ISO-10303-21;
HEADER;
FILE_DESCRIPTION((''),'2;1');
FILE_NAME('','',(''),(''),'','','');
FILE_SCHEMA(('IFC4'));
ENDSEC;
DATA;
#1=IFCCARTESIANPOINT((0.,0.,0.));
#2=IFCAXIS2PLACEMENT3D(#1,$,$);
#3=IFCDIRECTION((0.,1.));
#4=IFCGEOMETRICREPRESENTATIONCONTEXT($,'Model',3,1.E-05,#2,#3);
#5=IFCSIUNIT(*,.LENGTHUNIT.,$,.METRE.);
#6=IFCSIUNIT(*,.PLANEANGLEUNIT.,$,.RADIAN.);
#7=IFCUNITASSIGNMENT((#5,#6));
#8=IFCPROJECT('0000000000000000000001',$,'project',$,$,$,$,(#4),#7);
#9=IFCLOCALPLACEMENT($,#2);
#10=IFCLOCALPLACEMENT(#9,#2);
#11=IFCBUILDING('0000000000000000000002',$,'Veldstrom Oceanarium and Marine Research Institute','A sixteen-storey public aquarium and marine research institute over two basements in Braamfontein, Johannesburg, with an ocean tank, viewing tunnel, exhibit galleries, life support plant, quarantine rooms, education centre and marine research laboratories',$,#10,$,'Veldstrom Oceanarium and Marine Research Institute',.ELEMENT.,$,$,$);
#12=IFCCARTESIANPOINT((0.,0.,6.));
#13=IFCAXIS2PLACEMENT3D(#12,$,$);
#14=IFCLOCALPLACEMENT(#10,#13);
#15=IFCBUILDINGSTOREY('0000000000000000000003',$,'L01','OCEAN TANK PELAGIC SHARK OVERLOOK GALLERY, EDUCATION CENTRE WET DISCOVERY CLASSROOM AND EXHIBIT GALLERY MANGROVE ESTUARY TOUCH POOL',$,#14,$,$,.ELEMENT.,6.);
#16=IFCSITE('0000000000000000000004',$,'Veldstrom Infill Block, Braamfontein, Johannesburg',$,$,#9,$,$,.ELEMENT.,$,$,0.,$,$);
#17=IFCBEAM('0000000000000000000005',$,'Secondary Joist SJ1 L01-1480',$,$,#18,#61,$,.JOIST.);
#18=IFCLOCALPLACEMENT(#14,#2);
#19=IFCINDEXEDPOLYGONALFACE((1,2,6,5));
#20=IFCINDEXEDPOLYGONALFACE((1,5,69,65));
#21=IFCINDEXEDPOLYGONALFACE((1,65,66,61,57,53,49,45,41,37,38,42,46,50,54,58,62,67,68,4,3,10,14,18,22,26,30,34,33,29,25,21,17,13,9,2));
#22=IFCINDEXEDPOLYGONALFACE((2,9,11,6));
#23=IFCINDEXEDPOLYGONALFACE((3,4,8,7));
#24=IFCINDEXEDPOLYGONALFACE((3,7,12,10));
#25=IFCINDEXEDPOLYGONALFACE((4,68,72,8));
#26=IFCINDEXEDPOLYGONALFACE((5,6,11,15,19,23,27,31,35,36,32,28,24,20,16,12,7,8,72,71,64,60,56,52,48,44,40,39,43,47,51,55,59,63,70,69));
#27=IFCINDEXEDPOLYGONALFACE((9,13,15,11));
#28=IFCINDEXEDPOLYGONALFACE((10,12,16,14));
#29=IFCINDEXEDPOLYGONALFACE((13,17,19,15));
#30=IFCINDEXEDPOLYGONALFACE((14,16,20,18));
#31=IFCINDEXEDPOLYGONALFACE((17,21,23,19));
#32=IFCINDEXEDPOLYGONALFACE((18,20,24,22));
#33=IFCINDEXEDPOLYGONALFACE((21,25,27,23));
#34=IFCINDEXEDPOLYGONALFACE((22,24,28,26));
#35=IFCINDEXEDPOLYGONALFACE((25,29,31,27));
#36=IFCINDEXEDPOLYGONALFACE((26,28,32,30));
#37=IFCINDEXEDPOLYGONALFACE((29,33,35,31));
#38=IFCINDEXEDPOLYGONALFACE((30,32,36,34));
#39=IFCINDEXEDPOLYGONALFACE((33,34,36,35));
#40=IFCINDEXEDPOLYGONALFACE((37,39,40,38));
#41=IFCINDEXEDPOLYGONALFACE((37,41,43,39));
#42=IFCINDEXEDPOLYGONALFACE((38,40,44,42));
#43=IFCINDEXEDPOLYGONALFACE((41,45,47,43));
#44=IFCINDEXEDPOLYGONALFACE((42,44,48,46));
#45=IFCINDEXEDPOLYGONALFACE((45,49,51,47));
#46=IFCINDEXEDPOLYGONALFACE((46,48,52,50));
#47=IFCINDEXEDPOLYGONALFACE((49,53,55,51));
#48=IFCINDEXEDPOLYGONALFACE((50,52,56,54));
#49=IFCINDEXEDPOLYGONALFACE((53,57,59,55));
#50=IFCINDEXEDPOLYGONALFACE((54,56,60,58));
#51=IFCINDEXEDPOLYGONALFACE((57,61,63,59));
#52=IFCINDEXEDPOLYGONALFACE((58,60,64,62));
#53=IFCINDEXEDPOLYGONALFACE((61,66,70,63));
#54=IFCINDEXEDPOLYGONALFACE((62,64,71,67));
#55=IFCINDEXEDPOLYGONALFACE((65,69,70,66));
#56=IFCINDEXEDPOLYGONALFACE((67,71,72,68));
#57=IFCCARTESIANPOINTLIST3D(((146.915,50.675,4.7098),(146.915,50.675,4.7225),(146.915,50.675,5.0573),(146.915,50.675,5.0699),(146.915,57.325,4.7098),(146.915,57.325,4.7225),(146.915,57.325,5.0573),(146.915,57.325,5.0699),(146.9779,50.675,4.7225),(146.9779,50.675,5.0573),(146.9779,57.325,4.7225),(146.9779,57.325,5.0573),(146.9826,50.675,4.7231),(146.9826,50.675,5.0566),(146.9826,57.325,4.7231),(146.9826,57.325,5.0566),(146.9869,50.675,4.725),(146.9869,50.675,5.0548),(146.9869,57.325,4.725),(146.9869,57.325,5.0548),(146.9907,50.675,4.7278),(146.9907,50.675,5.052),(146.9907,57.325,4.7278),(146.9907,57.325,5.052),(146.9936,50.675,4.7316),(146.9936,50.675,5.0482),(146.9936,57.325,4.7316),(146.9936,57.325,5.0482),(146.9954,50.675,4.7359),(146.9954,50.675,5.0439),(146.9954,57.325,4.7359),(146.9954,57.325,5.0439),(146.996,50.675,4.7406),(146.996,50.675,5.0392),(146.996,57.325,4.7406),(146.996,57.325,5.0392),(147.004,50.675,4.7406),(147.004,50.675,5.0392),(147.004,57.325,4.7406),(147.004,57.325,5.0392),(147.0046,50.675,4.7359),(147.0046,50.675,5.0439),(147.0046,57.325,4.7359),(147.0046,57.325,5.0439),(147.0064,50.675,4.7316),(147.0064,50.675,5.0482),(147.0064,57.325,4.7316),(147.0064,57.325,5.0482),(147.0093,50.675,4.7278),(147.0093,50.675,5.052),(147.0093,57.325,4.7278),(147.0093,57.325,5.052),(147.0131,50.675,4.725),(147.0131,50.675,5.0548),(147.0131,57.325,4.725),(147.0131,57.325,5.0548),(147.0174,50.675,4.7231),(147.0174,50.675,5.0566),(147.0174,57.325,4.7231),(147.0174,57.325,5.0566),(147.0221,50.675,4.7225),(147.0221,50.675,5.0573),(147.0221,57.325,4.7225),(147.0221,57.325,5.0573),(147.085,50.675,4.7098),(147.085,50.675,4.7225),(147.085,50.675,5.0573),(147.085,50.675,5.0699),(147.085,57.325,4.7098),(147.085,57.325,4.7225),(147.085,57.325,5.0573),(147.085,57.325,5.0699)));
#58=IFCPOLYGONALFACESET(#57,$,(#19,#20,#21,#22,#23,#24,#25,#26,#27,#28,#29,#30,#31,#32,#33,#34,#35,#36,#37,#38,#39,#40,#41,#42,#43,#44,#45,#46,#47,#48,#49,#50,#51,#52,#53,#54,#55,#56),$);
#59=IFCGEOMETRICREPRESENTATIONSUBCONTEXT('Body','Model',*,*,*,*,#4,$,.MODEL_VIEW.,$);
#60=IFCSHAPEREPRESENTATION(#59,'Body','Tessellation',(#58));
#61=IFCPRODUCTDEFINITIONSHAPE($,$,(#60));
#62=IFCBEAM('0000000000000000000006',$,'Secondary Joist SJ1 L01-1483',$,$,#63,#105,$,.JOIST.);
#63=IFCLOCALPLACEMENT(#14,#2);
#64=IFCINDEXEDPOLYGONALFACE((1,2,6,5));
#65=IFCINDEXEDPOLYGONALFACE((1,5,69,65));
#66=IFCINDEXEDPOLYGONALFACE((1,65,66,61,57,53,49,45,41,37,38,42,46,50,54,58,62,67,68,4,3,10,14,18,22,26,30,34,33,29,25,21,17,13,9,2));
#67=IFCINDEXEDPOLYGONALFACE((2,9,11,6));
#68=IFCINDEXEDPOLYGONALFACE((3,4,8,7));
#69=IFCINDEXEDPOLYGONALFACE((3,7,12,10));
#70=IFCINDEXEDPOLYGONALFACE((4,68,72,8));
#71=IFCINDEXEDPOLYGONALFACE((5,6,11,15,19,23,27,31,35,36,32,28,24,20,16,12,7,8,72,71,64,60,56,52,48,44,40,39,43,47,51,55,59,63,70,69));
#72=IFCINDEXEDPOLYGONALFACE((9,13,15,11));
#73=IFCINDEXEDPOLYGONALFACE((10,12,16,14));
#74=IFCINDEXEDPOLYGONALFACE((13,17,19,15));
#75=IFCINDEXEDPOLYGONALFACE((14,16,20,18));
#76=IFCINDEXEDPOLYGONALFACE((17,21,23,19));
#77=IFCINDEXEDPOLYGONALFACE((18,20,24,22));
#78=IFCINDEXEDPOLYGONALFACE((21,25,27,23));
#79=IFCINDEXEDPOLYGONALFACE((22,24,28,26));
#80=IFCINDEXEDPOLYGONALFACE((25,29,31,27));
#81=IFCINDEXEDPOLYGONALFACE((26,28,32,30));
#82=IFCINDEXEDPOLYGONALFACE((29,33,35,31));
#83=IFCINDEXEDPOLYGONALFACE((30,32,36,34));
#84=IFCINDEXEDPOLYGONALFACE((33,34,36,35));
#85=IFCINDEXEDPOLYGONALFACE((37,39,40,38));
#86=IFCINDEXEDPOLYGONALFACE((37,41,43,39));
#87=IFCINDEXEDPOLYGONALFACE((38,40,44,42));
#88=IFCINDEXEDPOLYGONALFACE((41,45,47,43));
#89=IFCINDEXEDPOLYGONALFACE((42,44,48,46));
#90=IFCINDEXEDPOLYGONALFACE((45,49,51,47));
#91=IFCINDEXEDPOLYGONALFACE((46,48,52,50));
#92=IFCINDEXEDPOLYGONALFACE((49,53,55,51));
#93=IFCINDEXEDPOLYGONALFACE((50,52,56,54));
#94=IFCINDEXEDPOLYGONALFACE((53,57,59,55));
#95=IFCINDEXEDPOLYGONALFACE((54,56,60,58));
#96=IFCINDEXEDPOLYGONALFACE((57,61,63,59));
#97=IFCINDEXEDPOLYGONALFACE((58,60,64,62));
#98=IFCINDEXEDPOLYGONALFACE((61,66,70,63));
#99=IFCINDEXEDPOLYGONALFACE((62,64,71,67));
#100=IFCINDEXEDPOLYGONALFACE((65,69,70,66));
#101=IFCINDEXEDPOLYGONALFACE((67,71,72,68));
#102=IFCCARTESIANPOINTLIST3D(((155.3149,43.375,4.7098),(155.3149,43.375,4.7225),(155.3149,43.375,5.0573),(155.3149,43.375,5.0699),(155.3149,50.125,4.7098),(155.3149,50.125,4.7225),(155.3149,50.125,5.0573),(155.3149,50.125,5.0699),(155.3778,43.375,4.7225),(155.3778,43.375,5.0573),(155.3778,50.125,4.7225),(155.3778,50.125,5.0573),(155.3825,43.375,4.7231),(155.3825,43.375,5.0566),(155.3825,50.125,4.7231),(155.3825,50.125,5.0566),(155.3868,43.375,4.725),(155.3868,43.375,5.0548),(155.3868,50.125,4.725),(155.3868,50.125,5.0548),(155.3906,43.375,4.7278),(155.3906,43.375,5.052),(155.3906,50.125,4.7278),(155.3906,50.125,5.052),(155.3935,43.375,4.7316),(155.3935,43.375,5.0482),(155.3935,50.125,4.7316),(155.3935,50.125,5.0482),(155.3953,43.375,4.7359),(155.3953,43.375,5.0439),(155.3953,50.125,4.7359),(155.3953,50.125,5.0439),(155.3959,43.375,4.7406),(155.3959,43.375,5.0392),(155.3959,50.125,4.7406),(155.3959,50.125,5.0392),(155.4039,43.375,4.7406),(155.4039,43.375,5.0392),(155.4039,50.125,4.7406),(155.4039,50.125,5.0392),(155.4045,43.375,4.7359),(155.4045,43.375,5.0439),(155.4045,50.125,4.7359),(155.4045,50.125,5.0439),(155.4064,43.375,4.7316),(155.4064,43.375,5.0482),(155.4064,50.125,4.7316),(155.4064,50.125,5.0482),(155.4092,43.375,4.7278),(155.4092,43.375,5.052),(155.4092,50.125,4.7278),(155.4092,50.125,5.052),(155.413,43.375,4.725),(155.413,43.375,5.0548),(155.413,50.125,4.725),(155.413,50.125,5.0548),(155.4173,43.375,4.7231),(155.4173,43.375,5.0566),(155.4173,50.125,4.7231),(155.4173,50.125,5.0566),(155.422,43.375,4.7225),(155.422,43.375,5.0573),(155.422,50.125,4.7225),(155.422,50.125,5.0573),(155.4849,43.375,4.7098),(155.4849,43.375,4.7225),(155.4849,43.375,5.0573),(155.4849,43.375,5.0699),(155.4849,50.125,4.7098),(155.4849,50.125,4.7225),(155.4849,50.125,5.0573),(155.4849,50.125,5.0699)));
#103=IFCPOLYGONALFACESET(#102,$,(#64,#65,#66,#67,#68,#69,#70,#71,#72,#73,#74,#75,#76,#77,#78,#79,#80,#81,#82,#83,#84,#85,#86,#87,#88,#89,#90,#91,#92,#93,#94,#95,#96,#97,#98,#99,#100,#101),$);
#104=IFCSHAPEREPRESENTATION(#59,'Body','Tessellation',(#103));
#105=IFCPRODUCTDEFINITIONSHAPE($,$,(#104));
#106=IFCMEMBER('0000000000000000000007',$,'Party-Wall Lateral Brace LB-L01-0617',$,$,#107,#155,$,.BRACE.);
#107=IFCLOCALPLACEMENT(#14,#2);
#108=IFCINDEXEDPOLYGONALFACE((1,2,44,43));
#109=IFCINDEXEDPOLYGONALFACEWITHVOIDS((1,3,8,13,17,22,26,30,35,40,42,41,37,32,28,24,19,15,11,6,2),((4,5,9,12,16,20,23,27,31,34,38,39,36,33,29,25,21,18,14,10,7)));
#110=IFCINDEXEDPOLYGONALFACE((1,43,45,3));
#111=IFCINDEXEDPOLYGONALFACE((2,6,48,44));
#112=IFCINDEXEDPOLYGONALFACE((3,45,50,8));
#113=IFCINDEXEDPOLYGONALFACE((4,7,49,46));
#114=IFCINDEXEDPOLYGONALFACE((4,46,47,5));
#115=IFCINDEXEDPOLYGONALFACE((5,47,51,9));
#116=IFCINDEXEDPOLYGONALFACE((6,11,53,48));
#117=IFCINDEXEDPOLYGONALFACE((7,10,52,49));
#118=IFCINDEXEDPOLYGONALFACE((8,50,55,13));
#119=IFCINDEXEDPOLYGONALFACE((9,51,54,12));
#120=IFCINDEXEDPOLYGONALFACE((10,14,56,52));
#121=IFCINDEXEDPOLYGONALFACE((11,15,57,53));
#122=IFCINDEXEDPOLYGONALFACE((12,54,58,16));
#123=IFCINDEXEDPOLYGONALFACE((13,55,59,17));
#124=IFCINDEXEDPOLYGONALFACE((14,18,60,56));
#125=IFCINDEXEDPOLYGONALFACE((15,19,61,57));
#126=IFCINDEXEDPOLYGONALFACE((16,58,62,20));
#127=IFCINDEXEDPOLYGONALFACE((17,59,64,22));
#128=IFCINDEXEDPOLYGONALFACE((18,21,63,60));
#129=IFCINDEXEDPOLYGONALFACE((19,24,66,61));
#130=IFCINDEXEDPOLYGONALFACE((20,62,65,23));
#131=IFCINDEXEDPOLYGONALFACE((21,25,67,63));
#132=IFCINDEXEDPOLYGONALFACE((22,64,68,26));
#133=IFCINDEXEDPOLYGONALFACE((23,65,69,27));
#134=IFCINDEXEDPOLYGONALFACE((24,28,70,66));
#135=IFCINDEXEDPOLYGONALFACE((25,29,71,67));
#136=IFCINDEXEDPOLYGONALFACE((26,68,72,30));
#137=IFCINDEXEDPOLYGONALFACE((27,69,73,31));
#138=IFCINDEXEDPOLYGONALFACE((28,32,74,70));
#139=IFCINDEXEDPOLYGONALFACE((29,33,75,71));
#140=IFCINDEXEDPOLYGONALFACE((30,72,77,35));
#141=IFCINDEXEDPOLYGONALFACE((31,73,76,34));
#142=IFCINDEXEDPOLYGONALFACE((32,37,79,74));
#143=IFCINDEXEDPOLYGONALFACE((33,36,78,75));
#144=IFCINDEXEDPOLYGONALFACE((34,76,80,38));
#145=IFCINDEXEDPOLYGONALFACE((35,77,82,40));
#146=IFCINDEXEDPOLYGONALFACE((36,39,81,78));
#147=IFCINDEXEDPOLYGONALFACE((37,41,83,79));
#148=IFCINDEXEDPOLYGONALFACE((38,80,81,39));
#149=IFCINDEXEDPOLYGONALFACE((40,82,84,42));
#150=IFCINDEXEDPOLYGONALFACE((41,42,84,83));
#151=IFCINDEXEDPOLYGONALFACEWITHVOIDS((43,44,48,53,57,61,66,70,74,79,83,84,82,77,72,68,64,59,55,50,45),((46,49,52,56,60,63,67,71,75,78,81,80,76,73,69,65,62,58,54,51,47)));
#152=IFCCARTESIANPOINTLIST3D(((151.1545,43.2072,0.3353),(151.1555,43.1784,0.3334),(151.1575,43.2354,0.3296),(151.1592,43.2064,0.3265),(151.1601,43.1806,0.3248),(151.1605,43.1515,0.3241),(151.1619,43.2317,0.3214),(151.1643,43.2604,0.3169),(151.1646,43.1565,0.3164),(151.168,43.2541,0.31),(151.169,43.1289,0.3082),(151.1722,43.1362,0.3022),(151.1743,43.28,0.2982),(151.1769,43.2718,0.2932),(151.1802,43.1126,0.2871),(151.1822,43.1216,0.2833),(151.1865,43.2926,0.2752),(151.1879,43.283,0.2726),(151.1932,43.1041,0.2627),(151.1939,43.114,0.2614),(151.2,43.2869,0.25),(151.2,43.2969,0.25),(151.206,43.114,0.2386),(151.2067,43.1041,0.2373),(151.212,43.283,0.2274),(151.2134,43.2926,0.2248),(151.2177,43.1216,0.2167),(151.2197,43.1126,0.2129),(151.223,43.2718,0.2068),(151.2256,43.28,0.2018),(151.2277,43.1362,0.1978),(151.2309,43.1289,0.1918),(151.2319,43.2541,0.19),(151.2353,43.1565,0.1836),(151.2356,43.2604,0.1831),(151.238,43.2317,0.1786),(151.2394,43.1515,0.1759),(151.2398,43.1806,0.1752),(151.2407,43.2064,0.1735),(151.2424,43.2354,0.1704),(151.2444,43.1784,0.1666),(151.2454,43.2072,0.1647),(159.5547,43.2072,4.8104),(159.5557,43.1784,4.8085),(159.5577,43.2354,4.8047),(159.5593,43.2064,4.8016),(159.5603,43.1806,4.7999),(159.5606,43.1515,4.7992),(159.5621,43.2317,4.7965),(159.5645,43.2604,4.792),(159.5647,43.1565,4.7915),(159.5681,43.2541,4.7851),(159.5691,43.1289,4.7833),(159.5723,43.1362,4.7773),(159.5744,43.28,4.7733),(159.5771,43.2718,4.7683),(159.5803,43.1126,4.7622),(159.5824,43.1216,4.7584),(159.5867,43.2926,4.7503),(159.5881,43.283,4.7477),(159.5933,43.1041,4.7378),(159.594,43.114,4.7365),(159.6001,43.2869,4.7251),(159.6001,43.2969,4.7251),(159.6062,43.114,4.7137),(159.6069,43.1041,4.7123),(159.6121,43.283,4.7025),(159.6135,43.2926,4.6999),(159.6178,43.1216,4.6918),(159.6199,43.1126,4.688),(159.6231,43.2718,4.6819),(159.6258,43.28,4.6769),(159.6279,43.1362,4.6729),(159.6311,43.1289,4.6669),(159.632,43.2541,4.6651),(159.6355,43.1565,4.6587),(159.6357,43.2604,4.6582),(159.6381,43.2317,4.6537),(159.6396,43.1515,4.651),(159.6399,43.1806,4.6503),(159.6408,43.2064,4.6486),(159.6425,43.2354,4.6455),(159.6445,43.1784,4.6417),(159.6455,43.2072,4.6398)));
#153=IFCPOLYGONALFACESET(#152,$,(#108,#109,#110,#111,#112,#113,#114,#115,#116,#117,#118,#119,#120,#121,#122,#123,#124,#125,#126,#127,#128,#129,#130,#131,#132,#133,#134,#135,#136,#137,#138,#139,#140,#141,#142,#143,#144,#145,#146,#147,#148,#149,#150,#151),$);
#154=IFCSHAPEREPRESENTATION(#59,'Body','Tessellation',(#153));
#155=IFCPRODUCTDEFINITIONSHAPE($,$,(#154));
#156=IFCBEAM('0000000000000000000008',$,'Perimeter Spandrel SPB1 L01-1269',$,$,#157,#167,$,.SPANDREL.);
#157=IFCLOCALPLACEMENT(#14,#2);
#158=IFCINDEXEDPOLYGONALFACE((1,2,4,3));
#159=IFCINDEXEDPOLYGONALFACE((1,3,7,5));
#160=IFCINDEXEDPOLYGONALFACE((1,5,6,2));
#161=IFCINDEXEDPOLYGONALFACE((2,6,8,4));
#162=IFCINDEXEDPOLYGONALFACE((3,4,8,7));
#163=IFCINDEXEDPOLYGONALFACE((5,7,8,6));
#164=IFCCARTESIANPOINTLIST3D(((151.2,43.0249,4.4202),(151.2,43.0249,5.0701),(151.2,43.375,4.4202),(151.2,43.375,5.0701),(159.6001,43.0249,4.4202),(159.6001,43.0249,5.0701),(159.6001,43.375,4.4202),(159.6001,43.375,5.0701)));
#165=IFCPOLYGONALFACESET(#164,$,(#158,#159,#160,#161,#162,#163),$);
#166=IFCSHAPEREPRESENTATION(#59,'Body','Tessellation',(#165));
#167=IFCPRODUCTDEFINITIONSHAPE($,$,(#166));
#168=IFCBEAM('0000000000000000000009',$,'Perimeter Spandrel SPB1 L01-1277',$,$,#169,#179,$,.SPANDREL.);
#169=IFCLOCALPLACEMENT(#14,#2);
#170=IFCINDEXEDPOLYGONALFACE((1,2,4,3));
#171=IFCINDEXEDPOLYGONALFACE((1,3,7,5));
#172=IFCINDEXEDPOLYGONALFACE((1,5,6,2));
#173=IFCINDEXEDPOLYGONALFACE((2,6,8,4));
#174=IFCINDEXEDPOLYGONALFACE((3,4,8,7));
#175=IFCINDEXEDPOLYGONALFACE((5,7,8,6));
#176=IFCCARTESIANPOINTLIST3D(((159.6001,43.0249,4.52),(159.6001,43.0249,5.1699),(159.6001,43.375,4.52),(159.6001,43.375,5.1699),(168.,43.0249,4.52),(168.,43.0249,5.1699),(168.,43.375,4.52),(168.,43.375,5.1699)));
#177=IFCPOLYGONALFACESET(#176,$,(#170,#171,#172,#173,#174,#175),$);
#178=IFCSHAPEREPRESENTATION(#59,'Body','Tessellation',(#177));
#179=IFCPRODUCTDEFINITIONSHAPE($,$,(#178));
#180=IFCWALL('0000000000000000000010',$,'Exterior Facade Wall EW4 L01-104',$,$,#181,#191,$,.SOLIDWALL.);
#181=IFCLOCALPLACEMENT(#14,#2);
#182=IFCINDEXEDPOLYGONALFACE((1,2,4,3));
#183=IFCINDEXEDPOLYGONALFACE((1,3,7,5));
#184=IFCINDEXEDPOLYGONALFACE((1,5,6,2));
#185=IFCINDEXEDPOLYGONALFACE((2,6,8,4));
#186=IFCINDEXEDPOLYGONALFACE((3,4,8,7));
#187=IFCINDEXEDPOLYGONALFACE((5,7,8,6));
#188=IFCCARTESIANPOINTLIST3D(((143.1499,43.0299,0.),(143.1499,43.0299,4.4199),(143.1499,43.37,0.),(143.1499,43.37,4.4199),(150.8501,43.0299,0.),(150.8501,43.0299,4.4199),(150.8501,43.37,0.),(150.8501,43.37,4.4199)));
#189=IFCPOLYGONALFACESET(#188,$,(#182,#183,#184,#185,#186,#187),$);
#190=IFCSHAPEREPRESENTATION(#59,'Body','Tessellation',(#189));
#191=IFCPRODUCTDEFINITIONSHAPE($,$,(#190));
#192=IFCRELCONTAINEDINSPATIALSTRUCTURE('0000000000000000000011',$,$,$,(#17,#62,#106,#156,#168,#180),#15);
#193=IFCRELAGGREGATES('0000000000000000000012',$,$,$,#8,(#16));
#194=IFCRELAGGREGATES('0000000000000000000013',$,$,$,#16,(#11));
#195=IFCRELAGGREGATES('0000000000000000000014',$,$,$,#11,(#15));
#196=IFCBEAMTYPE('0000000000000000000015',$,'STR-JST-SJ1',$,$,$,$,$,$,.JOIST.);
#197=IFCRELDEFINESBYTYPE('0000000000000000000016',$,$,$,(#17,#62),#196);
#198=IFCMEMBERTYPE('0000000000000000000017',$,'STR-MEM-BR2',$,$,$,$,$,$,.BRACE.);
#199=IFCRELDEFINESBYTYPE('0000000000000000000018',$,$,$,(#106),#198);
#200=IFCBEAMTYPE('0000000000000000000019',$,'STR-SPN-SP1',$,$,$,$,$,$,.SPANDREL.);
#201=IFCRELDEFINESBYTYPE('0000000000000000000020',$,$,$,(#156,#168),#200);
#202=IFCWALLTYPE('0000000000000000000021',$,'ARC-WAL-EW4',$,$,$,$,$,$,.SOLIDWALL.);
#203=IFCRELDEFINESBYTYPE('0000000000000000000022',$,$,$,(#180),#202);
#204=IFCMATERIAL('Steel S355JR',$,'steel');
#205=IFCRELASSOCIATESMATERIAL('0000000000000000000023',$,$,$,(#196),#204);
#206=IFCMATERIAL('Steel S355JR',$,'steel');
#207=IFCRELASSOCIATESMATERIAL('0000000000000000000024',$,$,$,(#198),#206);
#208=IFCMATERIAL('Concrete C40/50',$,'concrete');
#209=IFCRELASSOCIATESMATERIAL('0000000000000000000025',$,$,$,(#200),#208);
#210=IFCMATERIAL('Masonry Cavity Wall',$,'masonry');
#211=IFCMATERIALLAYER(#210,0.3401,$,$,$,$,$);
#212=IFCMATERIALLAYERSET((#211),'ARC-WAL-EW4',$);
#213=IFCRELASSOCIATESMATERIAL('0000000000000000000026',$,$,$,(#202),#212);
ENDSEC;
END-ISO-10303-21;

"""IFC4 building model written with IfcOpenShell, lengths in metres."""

from ifc_helpers import new_model, si_unit, direction, frame, frame_2d, origin, origin_2d, place, context, subcontext, project, spatial, rectangle, hollow_circle, i_section, extrude, material, layer, layer_set, material_profile, profile_set, type_object, element, save


model = new_model("IFC4")

# Units and contexts
model_context = context("Model", 3, precision=1e-05, world=origin(), true_north=direction((0.0, 1.0)))
body_context = subcontext(model_context, "Body", "Model", "MODEL_VIEW")
ifc_project = project(units=[si_unit("LENGTHUNIT", "METRE"), si_unit("PLANEANGLEUNIT", "RADIAN")], contexts=[model_context])

# Site, building, storey
site_placement = place(None, origin())
site = spatial("IfcSite", under=ifc_project, at=site_placement, Name="Veldstrom Infill Block, Braamfontein, Johannesburg", CompositionType="ELEMENT", RefElevation=0.0)
building_placement = place(site_placement, origin())
building = spatial("IfcBuilding", under=site, at=building_placement, Name="Veldstrom Oceanarium and Marine Research Institute", Description="A sixteen-storey public aquarium and marine research institute over two basements in Braamfontein, Johannesburg, with an ocean tank, viewing tunnel, exhibit galleries, life support plant, quarantine rooms, education centre and marine research laboratories", LongName="Veldstrom Oceanarium and Marine Research Institute", CompositionType="ELEMENT")
storey_placement = place(building_placement, frame((0.0, 0.0, 6.0)))
storey = spatial("IfcBuildingStorey", under=building, at=storey_placement, Name="L01", Description="OCEAN TANK PELAGIC SHARK OVERLOOK GALLERY, EDUCATION CENTRE WET DISCOVERY CLASSROOM AND EXHIBIT GALLERY MANGROVE ESTUARY TOUCH POOL", CompositionType="ELEMENT", Elevation=6.0)

# Beams
ifc_material_1 = material(Name="Steel S355JR", Category="steel")
ifc_material_profile_1 = material_profile(ifc_material_1, i_section(OverallWidth=0.1699, OverallDepth=0.3601, WebThickness=0.0081, FlangeThickness=0.0127, FilletRadius=0.0181, at=origin_2d()), Name="IPE 360")
ifc_profile_set_1 = profile_set([ifc_material_profile_1], Name="Steel S355JR")
beam_type_1 = type_object("IfcBeamType", Name="STR-JST-SJ1", PredefinedType="JOIST", material=ifc_profile_set_1)
beam_1_placement = place(storey_placement, frame((147.0, 50.675, 4.8899), z_axis=(0.0, 1.0, 0.0), x_axis=(-1.0, 0.0, 0.0)))
element("IfcBeam", 1, at=beam_1_placement, inside=storey, type_object=beam_type_1, Name="Secondary Joist SJ1 L01-1480", PredefinedType="JOIST", context=body_context, shape_type="SweptSolid", body=[
    extrude(i_section(OverallWidth=0.1699, OverallDepth=0.3601, WebThickness=0.0081, FlangeThickness=0.0127, FilletRadius=0.0181, at=origin_2d()), origin(), (0.0, 0.0, 1.0), 6.6499),
])
beam_2_placement = place(storey_placement, frame((155.3999, 43.375, 4.8899), z_axis=(0.0, 1.0, 0.0), x_axis=(-1.0, 0.0, 0.0)))
element("IfcBeam", 2, at=beam_2_placement, inside=storey, type_object=beam_type_1, Name="Secondary Joist SJ1 L01-1483", PredefinedType="JOIST", context=body_context, shape_type="SweptSolid", body=[
    extrude(i_section(OverallWidth=0.1699, OverallDepth=0.3601, WebThickness=0.0081, FlangeThickness=0.0127, FilletRadius=0.0181, at=origin_2d()), origin(), (0.0, 0.0, 1.0), 6.75),
])

# Member
ifc_material_2 = material(Name="Steel S355JR", Category="steel")
ifc_material_profile_2 = material_profile(ifc_material_2, hollow_circle(Radius=0.0969, WallThickness=0.01, at=origin_2d()), Name="CHS 193.7x10")
ifc_profile_set_2 = profile_set([ifc_material_profile_2], Name="Steel S355JR")
member_type = type_object("IfcMemberType", Name="STR-MEM-BR2", PredefinedType="BRACE", material=ifc_profile_set_2)
member_placement = place(storey_placement, frame((151.2, 43.2, 0.25), z_axis=(0.88257, 0.0, 0.470181), x_axis=(0.0, 1.0, 0.0)))
element("IfcMember", 3, at=member_placement, inside=storey, type_object=member_type, Name="Party-Wall Lateral Brace LB-L01-0617", PredefinedType="BRACE", context=body_context, shape_type="SweptSolid", body=[
    extrude(hollow_circle(Radius=0.0969, WallThickness=0.01, at=origin_2d()), origin(), (0.0, 0.0, 1.0), 9.5178),
])

# Beams
ifc_material_3 = material(Name="Concrete C40/50", Category="concrete")
ifc_material_profile_3 = material_profile(ifc_material_3, rectangle(XDim=0.3501, YDim=0.6499, at=origin_2d()), Name="RC-SPN-350x650")
ifc_profile_set_3 = profile_set([ifc_material_profile_3], Name="Concrete C40/50")
beam_type_2 = type_object("IfcBeamType", Name="STR-SPN-SP1", PredefinedType="SPANDREL", material=ifc_profile_set_3)
beam_3_placement = place(storey_placement, frame((151.2, 43.2, 4.7451), z_axis=(1.0, 0.0, 0.0), x_axis=(0.0, 1.0, 0.0)))
element("IfcBeam", 4, at=beam_3_placement, inside=storey, type_object=beam_type_2, Name="Perimeter Spandrel SPB1 L01-1269", PredefinedType="SPANDREL", context=body_context, shape_type="SweptSolid", body=[
    extrude(rectangle(XDim=0.3501, YDim=0.6499, at=origin_2d()), origin(), (0.0, 0.0, 1.0), 8.4001),
])
beam_4_placement = place(storey_placement, frame((159.6001, 43.2, 4.845), z_axis=(1.0, 0.0, 0.0), x_axis=(0.0, 1.0, 0.0)))
element("IfcBeam", 5, at=beam_4_placement, inside=storey, type_object=beam_type_2, Name="Perimeter Spandrel SPB1 L01-1277", PredefinedType="SPANDREL", context=body_context, shape_type="SweptSolid", body=[
    extrude(rectangle(XDim=0.3501, YDim=0.6499, at=origin_2d()), origin(), (0.0, 0.0, 1.0), 8.3999),
])

# Wall
ifc_material_4 = material(Name="Masonry Cavity Wall", Category="masonry")
ifc_layer_1 = layer(ifc_material_4, 0.3401)
ifc_layer_set_1 = layer_set([ifc_layer_1], Name="ARC-WAL-EW4")
wall_type_1 = type_object("IfcWallType", Name="ARC-WAL-EW4", PredefinedType="SOLIDWALL", material=ifc_layer_set_1)
wall_1_placement = place(storey_placement, frame((143.1499, 43.2, 0.0), z_axis=(0.0, 0.0, 1.0), x_axis=(1.0, 0.0, 0.0)))
element("IfcWall", 6, at=wall_1_placement, inside=storey, type_object=wall_type_1, Name="Exterior Facade Wall EW4 L01-104", PredefinedType="SOLIDWALL", context=body_context, shape_type="SweptSolid", body=[
    extrude(rectangle(XDim=7.7002, YDim=0.3401, at=frame_2d((3.8501, 0.0))), origin(), (0.0, 0.0, 1.0), 4.4199),
])

save(model, "model.ifc")
